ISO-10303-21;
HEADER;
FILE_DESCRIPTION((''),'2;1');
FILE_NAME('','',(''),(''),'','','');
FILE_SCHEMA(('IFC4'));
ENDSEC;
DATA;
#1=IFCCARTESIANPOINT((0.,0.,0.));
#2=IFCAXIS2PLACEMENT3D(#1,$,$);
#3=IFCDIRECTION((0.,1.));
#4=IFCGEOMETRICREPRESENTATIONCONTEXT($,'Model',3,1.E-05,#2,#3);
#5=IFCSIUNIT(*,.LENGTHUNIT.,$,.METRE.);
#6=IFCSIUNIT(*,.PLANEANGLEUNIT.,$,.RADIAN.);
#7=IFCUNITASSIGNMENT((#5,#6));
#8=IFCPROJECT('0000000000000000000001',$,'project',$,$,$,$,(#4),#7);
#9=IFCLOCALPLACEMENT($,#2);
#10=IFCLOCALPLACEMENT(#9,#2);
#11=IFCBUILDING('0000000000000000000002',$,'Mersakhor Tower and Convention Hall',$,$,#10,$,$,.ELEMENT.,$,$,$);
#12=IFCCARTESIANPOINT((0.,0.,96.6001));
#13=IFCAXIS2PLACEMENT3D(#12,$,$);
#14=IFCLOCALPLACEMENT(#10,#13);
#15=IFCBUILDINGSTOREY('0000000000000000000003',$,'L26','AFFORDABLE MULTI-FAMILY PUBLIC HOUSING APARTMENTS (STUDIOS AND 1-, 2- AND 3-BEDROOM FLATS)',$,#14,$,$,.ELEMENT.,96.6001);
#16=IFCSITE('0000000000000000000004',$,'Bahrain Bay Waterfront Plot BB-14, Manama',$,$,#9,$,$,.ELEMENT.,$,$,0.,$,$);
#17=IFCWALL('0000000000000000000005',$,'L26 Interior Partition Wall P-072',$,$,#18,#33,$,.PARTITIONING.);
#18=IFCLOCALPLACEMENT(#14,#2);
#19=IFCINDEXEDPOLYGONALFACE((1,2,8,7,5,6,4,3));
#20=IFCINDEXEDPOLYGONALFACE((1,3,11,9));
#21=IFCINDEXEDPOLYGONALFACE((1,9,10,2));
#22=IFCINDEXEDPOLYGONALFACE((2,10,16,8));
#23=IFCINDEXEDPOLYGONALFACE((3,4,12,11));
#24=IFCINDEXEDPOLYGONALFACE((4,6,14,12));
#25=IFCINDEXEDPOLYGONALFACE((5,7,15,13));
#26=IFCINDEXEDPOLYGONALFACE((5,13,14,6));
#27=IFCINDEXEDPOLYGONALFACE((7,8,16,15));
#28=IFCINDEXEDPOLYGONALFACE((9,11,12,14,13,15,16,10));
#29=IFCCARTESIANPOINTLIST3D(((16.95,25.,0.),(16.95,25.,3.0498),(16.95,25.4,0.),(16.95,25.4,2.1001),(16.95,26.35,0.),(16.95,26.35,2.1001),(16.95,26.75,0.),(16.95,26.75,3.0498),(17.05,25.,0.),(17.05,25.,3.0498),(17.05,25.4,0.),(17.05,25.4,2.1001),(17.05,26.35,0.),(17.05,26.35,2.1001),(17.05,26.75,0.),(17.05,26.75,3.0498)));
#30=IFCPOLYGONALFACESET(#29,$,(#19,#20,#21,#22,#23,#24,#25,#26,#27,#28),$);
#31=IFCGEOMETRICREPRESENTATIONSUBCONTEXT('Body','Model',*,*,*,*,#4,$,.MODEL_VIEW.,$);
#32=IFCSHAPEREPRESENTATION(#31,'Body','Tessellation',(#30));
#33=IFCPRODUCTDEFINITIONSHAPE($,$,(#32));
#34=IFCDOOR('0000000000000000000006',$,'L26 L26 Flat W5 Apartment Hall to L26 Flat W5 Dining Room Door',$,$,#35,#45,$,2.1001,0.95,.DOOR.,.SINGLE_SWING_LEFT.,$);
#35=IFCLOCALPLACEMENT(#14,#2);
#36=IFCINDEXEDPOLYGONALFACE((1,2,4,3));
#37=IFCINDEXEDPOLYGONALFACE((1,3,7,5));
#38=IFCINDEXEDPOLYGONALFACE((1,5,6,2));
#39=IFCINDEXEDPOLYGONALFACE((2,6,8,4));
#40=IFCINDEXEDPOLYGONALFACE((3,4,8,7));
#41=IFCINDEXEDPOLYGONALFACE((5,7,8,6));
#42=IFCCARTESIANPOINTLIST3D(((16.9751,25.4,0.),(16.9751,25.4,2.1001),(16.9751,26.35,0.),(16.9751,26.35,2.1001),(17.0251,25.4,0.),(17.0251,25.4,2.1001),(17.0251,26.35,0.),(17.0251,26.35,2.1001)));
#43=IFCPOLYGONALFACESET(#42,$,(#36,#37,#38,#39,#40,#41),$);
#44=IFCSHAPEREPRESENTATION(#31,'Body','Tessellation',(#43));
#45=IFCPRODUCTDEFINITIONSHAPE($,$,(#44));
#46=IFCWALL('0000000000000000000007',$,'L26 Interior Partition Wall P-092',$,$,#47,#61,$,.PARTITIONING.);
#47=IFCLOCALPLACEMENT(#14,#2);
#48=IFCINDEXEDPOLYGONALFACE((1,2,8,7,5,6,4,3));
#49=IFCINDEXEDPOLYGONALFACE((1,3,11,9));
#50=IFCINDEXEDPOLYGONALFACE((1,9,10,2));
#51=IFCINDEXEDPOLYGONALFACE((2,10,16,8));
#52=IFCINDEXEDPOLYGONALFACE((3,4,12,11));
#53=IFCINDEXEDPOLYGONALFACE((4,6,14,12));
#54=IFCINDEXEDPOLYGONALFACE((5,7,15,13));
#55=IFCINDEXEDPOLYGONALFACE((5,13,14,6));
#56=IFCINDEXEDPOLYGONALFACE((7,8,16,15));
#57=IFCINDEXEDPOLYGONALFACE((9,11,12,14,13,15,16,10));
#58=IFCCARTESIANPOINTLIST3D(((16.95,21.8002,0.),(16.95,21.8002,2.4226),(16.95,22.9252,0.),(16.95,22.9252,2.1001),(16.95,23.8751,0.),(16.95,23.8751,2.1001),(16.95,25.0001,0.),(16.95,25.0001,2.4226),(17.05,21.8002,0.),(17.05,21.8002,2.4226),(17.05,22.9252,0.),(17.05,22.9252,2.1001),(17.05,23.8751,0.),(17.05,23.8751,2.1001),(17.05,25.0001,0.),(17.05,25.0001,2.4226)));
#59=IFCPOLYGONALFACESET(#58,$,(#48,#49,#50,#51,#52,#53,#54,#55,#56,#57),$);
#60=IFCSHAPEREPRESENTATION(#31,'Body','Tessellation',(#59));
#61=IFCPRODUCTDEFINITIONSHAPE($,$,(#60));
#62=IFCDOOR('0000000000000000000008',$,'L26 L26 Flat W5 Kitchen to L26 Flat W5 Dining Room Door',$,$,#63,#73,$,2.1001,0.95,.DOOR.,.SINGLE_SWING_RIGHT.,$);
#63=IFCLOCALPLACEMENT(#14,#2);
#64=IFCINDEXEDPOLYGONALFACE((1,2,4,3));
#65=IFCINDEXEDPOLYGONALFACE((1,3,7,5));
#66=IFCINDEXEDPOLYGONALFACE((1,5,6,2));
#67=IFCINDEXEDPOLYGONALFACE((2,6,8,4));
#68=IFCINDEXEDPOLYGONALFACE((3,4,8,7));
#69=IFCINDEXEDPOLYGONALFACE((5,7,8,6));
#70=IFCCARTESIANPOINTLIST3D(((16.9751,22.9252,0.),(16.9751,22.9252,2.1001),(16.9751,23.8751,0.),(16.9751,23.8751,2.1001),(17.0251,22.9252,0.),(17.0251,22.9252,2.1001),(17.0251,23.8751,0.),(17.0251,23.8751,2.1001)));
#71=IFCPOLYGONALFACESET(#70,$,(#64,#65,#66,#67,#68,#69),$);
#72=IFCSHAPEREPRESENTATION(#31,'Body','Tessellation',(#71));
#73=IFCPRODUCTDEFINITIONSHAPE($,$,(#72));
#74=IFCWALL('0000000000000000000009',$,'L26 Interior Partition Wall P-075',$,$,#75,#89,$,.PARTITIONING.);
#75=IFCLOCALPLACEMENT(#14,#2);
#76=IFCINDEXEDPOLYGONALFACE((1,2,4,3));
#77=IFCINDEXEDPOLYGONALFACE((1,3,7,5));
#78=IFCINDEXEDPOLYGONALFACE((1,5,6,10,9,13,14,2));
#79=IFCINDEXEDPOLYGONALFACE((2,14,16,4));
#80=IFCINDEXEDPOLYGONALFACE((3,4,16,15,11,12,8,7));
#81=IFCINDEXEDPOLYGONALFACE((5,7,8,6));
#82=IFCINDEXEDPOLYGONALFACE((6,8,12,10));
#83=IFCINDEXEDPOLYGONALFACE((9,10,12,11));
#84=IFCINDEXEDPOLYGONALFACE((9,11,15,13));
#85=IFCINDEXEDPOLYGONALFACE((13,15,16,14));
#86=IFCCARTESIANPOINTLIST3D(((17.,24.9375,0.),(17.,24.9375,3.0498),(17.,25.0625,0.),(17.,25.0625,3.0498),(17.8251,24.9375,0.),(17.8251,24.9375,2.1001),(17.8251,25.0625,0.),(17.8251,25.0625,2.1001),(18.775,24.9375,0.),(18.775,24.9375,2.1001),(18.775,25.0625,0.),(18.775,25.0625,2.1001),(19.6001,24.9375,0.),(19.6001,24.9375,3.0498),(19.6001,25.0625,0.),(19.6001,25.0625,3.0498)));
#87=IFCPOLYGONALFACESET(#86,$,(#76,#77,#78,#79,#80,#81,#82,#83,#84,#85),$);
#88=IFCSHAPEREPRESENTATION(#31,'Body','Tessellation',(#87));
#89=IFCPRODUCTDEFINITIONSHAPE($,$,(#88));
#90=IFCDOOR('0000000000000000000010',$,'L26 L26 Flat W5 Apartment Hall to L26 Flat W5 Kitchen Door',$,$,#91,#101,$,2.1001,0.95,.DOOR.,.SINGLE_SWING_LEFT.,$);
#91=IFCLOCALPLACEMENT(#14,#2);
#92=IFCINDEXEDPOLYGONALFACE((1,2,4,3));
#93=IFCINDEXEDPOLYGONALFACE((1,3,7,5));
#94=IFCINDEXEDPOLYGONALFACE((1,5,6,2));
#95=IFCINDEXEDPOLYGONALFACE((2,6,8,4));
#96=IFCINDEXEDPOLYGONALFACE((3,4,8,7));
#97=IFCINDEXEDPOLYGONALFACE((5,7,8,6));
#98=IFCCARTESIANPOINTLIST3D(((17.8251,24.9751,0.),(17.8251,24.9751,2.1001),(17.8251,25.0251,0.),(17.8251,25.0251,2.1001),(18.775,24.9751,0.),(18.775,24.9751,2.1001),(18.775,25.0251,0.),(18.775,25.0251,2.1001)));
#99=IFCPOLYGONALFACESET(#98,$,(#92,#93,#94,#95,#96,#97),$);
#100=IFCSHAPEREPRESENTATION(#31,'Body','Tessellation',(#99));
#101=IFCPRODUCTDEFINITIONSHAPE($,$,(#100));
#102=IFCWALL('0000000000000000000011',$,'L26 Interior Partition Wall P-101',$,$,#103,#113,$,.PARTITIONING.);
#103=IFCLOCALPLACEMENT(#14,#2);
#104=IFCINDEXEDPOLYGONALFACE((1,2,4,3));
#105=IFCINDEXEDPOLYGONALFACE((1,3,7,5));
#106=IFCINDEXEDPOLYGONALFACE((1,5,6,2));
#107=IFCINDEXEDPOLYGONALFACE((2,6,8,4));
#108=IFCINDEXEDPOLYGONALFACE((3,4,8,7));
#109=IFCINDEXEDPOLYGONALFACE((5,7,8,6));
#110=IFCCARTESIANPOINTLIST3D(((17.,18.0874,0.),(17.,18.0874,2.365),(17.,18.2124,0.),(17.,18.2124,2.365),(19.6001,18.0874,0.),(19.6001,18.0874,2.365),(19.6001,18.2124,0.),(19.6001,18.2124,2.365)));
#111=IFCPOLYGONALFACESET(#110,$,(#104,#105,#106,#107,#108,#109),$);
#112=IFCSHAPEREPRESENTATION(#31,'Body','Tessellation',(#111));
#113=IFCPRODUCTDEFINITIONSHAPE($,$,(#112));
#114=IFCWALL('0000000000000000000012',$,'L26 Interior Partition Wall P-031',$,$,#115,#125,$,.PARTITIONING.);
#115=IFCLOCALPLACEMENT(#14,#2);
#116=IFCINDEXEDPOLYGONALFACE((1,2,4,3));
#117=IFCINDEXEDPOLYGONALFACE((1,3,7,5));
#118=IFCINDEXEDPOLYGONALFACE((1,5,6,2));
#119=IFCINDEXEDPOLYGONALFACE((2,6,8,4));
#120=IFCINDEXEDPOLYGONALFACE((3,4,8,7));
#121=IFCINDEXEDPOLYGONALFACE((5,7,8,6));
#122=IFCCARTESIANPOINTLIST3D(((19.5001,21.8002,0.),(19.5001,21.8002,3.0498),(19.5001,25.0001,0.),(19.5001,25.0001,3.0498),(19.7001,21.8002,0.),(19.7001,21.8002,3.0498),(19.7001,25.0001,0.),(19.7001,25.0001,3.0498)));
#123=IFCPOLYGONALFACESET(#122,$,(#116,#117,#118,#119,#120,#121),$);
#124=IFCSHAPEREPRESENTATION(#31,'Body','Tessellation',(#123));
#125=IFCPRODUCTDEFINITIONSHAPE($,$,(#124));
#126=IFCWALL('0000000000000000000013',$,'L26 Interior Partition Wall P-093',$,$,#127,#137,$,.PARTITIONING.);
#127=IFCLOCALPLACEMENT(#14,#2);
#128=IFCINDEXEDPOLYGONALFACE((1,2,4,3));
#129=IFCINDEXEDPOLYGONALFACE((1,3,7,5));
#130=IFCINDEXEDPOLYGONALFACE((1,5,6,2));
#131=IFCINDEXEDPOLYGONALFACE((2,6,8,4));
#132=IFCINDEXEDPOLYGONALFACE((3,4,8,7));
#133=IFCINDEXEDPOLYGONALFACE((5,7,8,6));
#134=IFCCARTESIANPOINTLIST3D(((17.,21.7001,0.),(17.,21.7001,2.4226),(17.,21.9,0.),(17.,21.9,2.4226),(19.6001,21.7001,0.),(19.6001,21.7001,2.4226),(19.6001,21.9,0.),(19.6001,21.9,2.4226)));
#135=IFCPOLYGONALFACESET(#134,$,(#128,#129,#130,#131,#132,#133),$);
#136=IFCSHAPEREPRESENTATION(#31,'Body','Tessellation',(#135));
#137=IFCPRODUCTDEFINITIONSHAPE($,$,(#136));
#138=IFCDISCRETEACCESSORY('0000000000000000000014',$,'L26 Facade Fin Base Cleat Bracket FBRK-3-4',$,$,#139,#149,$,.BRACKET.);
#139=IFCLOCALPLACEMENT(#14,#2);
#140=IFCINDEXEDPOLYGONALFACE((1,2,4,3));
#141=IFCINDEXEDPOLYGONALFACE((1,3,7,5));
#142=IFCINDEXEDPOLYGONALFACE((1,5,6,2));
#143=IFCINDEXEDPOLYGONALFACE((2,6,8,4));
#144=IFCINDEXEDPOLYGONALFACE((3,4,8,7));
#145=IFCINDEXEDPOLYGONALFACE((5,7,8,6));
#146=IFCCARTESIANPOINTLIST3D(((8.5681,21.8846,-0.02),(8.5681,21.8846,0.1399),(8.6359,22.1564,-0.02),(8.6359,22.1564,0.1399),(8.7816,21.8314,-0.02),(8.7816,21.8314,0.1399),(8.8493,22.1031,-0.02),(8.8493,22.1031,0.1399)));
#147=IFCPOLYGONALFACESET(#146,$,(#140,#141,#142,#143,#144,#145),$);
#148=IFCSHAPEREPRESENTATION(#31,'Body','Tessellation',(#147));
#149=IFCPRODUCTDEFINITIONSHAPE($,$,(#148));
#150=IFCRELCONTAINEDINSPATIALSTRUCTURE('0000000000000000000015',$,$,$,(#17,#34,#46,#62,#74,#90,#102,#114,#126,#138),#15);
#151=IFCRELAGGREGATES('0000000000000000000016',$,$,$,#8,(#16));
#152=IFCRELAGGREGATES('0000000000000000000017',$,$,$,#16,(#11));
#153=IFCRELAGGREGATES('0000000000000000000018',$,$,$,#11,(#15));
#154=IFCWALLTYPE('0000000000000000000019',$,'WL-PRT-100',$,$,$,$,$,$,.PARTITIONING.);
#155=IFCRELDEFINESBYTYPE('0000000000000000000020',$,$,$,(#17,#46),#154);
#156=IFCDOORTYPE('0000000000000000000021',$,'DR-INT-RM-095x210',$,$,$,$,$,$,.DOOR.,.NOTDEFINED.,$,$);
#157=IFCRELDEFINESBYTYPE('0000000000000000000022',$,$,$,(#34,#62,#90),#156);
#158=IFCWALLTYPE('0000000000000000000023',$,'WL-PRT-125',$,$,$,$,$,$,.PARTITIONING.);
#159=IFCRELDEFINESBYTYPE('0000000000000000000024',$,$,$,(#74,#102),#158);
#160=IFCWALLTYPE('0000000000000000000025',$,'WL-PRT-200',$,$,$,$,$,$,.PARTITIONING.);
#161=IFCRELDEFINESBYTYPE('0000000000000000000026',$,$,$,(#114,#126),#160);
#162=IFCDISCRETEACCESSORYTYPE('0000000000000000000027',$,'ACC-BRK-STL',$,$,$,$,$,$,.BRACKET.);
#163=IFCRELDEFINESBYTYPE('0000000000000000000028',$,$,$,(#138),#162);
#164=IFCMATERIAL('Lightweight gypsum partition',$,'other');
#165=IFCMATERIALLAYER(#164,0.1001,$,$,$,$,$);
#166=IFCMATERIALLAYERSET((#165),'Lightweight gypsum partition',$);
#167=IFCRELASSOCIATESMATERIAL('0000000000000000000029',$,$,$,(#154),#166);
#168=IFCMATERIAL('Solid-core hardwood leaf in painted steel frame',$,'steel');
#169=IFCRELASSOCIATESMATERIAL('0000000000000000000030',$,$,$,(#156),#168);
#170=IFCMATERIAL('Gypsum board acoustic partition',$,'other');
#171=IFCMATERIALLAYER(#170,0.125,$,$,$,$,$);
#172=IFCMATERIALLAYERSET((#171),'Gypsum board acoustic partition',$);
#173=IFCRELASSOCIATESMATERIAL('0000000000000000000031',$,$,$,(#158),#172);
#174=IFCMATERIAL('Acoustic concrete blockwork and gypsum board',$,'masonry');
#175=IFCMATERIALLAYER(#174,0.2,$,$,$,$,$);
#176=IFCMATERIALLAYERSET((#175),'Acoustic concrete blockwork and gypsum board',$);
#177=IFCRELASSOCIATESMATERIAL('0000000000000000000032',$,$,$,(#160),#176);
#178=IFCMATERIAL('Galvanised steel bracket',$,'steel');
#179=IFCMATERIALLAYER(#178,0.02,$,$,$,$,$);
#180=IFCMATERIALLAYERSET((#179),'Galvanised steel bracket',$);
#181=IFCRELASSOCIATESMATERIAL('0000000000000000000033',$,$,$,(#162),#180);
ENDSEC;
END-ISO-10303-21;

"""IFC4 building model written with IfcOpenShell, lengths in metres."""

from ifc_helpers import new_model, si_unit, direction, frame, frame_2d, origin, origin_2d, place, context, subcontext, project, spatial, rectangle, extrude, material, layer, layer_set, type_object, element, fill, save


model = new_model("IFC4")

# Units and contexts
model_context = context("Model", 3, precision=1e-05, world=origin(), true_north=direction((0.0, 1.0)))
body_context = subcontext(model_context, "Body", "Model", "MODEL_VIEW")
ifc_project = project(units=[si_unit("LENGTHUNIT", "METRE"), si_unit("PLANEANGLEUNIT", "RADIAN")], contexts=[model_context])

# Site, building, storey
site_placement = place(None, origin())
site = spatial("IfcSite", under=ifc_project, at=site_placement, Name="Bahrain Bay Waterfront Plot BB-14, Manama", CompositionType="ELEMENT", RefElevation=0.0)
building_placement = place(site_placement, origin())
building = spatial("IfcBuilding", under=site, at=building_placement, Name="Mersakhor Tower and Convention Hall", CompositionType="ELEMENT")
storey_placement = place(building_placement, frame((0.0, 0.0, 96.6001)))
storey = spatial("IfcBuildingStorey", under=building, at=storey_placement, Name="L26", Description="AFFORDABLE MULTI-FAMILY PUBLIC HOUSING APARTMENTS (STUDIOS AND 1-, 2- AND 3-BEDROOM FLATS)", CompositionType="ELEMENT", Elevation=96.6001)

# Walls, openings, doors
ifc_material_1 = material(Name="Lightweight gypsum partition", Category="other")
ifc_layer_1 = layer(ifc_material_1, 0.1001)
ifc_layer_set_1 = layer_set([ifc_layer_1], Name="Lightweight gypsum partition")
wall_type_1 = type_object("IfcWallType", Name="WL-PRT-100", PredefinedType="PARTITIONING", material=ifc_layer_set_1)
wall_1_placement = place(storey_placement, frame((17.0, 25.0, 0.0), z_axis=(0.0, 0.0, 1.0), x_axis=(0.0, 1.0, 0.0)))
wall_1 = element("IfcWall", 1, at=wall_1_placement, inside=storey, type_object=wall_type_1, Name="L26 Interior Partition Wall P-072", PredefinedType="PARTITIONING", context=body_context, shape_type="SweptSolid", body=[
    extrude(rectangle(XDim=1.75, YDim=0.1001, at=frame_2d((0.875, 0.0))), origin(), (0.0, 0.0, 1.0), 3.0498),
])
opening_1_placement = place(wall_1_placement, frame((0.3999, 0.0, 0.0)))
opening_1 = element("IfcOpeningElement", 2, at=opening_1_placement, cuts=wall_1, PredefinedType="OPENING", context=body_context, shape_type="SweptSolid", body=[
    extrude(rectangle(XDim=0.95, YDim=2.1001, at=frame_2d((0.4751, 1.05))), frame((0.0, 0.0601, 0.0), z_axis=(0.0, -1.0, 0.0), x_axis=(1.0, 0.0, 0.0)), (0.0, 0.0, 1.0), 0.1201),
])
ifc_material_2 = material(Name="Solid-core hardwood leaf in painted steel frame", Category="steel")
door_type_1 = type_object("IfcDoorType", Name="DR-INT-RM-095x210", OperationType="NOTDEFINED", PredefinedType="DOOR", material=ifc_material_2)
door_1_placement = place(opening_1_placement, origin())
door_1 = element("IfcDoor", 3, at=door_1_placement, inside=storey, type_object=door_type_1, Name="L26 L26 Flat W5 Apartment Hall to L26 Flat W5 Dining Room Door", OperationType="SINGLE_SWING_LEFT", OverallHeight=2.1001, OverallWidth=0.95, PredefinedType="DOOR", context=body_context, shape_type="SweptSolid", body=[
    extrude(rectangle(XDim=0.95, YDim=2.1001, at=frame_2d((0.4751, 1.05))), frame((0.0, 0.0249, 0.0), z_axis=(0.0, -1.0, 0.0), x_axis=(1.0, 0.0, 0.0)), (0.0, 0.0, 1.0), 0.05),
])
fill(opening_1, door_1)
wall_2_placement = place(storey_placement, frame((17.0, 21.8, 0.0), z_axis=(0.0, 0.0, 1.0), x_axis=(0.0, 1.0, 0.0)))
wall_2 = element("IfcWall", 4, at=wall_2_placement, inside=storey, type_object=wall_type_1, Name="L26 Interior Partition Wall P-092", PredefinedType="PARTITIONING", context=body_context, shape_type="SweptSolid", body=[
    extrude(rectangle(XDim=3.2, YDim=0.1001, at=frame_2d((1.6001, 0.0))), origin(), (0.0, 0.0, 1.0), 2.4226),
])
opening_2_placement = place(wall_2_placement, frame((1.125, 0.0, 0.0)))
opening_2 = element("IfcOpeningElement", 5, at=opening_2_placement, cuts=wall_2, PredefinedType="OPENING", context=body_context, shape_type="SweptSolid", body=[
    extrude(rectangle(XDim=0.95, YDim=2.1001, at=frame_2d((0.4751, 1.05))), frame((0.0, 0.0601, 0.0), z_axis=(0.0, -1.0, 0.0), x_axis=(1.0, 0.0, 0.0)), (0.0, 0.0, 1.0), 0.1201),
])
door_2_placement = place(opening_2_placement, origin())
door_2 = element("IfcDoor", 6, at=door_2_placement, inside=storey, type_object=door_type_1, Name="L26 L26 Flat W5 Kitchen to L26 Flat W5 Dining Room Door", OperationType="SINGLE_SWING_RIGHT", OverallHeight=2.1001, OverallWidth=0.95, PredefinedType="DOOR", context=body_context, shape_type="SweptSolid", body=[
    extrude(rectangle(XDim=0.95, YDim=2.1001, at=frame_2d((0.4751, 1.05))), frame((0.0, 0.0249, 0.0), z_axis=(0.0, -1.0, 0.0), x_axis=(1.0, 0.0, 0.0)), (0.0, 0.0, 1.0), 0.05),
])
fill(opening_2, door_2)
ifc_material_3 = material(Name="Gypsum board acoustic partition", Category="other")
ifc_layer_2 = layer(ifc_material_3, 0.125)
ifc_layer_set_2 = layer_set([ifc_layer_2], Name="Gypsum board acoustic partition")
wall_type_2 = type_object("IfcWallType", Name="WL-PRT-125", PredefinedType="PARTITIONING", material=ifc_layer_set_2)
wall_3_placement = place(storey_placement, frame((19.6001, 25.0, 0.0), z_axis=(0.0, 0.0, 1.0), x_axis=(-1.0, 0.0, 0.0)))
wall_3 = element("IfcWall", 7, at=wall_3_placement, inside=storey, type_object=wall_type_2, Name="L26 Interior Partition Wall P-075", PredefinedType="PARTITIONING", context=body_context, shape_type="SweptSolid", body=[
    extrude(rectangle(XDim=2.6001, YDim=0.125, at=frame_2d((1.3, 0.0))), origin(), (0.0, 0.0, 1.0), 3.0498),
])
opening_3_placement = place(wall_3_placement, frame((0.825, 0.0, 0.0)))
opening_3 = element("IfcOpeningElement", 8, at=opening_3_placement, cuts=wall_3, PredefinedType="OPENING", context=body_context, shape_type="SweptSolid", body=[
    extrude(rectangle(XDim=0.95, YDim=2.1001, at=frame_2d((0.4751, 1.05))), frame((0.0, 0.0725, 0.0), z_axis=(0.0, -1.0, 0.0), x_axis=(1.0, 0.0, 0.0)), (0.0, 0.0, 1.0), 0.145),
])
door_3_placement = place(opening_3_placement, origin())
door_3 = element("IfcDoor", 9, at=door_3_placement, inside=storey, type_object=door_type_1, Name="L26 L26 Flat W5 Apartment Hall to L26 Flat W5 Kitchen Door", OperationType="SINGLE_SWING_LEFT", OverallHeight=2.1001, OverallWidth=0.95, PredefinedType="DOOR", context=body_context, shape_type="SweptSolid", body=[
    extrude(rectangle(XDim=0.95, YDim=2.1001, at=frame_2d((0.4751, 1.05))), frame((0.0, 0.0249, 0.0), z_axis=(0.0, -1.0, 0.0), x_axis=(1.0, 0.0, 0.0)), (0.0, 0.0, 1.0), 0.05),
])
fill(opening_3, door_3)

# Wall
wall_4_placement = place(storey_placement, frame((19.6001, 18.1499, 0.0), z_axis=(0.0, 0.0, 1.0), x_axis=(-1.0, 0.0, 0.0)))
element("IfcWall", 10, at=wall_4_placement, inside=storey, type_object=wall_type_2, Name="L26 Interior Partition Wall P-101", PredefinedType="PARTITIONING", context=body_context, shape_type="SweptSolid", body=[
    extrude(rectangle(XDim=2.6001, YDim=0.125, at=frame_2d((1.3, 0.0))), origin(), (0.0, 0.0, 1.0), 2.365),
])

# Shared definitions
ifc_material_4 = material(Name="Acoustic concrete blockwork and gypsum board", Category="masonry")
ifc_layer_3 = layer(ifc_material_4, 0.2)
ifc_layer_set_3 = layer_set([ifc_layer_3], Name="Acoustic concrete blockwork and gypsum board")
wall_type_3 = type_object("IfcWallType", Name="WL-PRT-200", PredefinedType="PARTITIONING", material=ifc_layer_set_3)

# Wall
wall_5_placement = place(storey_placement, frame((19.6001, 21.8, 0.0), z_axis=(0.0, 0.0, 1.0), x_axis=(0.0, 1.0, 0.0)))
element("IfcWall", 11, at=wall_5_placement, inside=storey, type_object=wall_type_3, Name="L26 Interior Partition Wall P-031", PredefinedType="PARTITIONING", context=body_context, shape_type="SweptSolid", body=[
    extrude(rectangle(XDim=3.2, YDim=0.2, at=frame_2d((1.6001, 0.0))), origin(), (0.0, 0.0, 1.0), 3.0498),
])

# Wall
wall_6_placement = place(storey_placement, frame((19.6001, 21.8, 0.0), z_axis=(0.0, 0.0, 1.0), x_axis=(-1.0, 0.0, 0.0)))
element("IfcWall", 12, at=wall_6_placement, inside=storey, type_object=wall_type_3, Name="L26 Interior Partition Wall P-093", PredefinedType="PARTITIONING", context=body_context, shape_type="SweptSolid", body=[
    extrude(rectangle(XDim=2.6001, YDim=0.2, at=frame_2d((1.3, 0.0))), origin(), (0.0, 0.0, 1.0), 2.4226),
])

# Discrete accessory
ifc_material_5 = material(Name="Galvanised steel bracket", Category="steel")
ifc_layer_4 = layer(ifc_material_5, 0.02)
ifc_layer_set_4 = layer_set([ifc_layer_4], Name="Galvanised steel bracket")
discrete_accessory_type = type_object("IfcDiscreteAccessoryType", Name="ACC-BRK-STL", PredefinedType="BRACKET", material=ifc_layer_set_4)
discrete_accessory_placement = place(storey_placement, frame((8.7087, 21.9939, -0.02), z_axis=(0.0, 0.0, 1.0), x_axis=(-0.241922, -0.970296, 0.0)))
element("IfcDiscreteAccessory", 13, at=discrete_accessory_placement, inside=storey, type_object=discrete_accessory_type, Name="L26 Facade Fin Base Cleat Bracket FBRK-3-4", PredefinedType="BRACKET", context=body_context, shape_type="SweptSolid", body=[
    extrude(rectangle(XDim=0.28, YDim=0.22, at=origin_2d()), origin(), (0.0, 0.0, 1.0), 0.1599),
])

save(model, "model.ifc")
